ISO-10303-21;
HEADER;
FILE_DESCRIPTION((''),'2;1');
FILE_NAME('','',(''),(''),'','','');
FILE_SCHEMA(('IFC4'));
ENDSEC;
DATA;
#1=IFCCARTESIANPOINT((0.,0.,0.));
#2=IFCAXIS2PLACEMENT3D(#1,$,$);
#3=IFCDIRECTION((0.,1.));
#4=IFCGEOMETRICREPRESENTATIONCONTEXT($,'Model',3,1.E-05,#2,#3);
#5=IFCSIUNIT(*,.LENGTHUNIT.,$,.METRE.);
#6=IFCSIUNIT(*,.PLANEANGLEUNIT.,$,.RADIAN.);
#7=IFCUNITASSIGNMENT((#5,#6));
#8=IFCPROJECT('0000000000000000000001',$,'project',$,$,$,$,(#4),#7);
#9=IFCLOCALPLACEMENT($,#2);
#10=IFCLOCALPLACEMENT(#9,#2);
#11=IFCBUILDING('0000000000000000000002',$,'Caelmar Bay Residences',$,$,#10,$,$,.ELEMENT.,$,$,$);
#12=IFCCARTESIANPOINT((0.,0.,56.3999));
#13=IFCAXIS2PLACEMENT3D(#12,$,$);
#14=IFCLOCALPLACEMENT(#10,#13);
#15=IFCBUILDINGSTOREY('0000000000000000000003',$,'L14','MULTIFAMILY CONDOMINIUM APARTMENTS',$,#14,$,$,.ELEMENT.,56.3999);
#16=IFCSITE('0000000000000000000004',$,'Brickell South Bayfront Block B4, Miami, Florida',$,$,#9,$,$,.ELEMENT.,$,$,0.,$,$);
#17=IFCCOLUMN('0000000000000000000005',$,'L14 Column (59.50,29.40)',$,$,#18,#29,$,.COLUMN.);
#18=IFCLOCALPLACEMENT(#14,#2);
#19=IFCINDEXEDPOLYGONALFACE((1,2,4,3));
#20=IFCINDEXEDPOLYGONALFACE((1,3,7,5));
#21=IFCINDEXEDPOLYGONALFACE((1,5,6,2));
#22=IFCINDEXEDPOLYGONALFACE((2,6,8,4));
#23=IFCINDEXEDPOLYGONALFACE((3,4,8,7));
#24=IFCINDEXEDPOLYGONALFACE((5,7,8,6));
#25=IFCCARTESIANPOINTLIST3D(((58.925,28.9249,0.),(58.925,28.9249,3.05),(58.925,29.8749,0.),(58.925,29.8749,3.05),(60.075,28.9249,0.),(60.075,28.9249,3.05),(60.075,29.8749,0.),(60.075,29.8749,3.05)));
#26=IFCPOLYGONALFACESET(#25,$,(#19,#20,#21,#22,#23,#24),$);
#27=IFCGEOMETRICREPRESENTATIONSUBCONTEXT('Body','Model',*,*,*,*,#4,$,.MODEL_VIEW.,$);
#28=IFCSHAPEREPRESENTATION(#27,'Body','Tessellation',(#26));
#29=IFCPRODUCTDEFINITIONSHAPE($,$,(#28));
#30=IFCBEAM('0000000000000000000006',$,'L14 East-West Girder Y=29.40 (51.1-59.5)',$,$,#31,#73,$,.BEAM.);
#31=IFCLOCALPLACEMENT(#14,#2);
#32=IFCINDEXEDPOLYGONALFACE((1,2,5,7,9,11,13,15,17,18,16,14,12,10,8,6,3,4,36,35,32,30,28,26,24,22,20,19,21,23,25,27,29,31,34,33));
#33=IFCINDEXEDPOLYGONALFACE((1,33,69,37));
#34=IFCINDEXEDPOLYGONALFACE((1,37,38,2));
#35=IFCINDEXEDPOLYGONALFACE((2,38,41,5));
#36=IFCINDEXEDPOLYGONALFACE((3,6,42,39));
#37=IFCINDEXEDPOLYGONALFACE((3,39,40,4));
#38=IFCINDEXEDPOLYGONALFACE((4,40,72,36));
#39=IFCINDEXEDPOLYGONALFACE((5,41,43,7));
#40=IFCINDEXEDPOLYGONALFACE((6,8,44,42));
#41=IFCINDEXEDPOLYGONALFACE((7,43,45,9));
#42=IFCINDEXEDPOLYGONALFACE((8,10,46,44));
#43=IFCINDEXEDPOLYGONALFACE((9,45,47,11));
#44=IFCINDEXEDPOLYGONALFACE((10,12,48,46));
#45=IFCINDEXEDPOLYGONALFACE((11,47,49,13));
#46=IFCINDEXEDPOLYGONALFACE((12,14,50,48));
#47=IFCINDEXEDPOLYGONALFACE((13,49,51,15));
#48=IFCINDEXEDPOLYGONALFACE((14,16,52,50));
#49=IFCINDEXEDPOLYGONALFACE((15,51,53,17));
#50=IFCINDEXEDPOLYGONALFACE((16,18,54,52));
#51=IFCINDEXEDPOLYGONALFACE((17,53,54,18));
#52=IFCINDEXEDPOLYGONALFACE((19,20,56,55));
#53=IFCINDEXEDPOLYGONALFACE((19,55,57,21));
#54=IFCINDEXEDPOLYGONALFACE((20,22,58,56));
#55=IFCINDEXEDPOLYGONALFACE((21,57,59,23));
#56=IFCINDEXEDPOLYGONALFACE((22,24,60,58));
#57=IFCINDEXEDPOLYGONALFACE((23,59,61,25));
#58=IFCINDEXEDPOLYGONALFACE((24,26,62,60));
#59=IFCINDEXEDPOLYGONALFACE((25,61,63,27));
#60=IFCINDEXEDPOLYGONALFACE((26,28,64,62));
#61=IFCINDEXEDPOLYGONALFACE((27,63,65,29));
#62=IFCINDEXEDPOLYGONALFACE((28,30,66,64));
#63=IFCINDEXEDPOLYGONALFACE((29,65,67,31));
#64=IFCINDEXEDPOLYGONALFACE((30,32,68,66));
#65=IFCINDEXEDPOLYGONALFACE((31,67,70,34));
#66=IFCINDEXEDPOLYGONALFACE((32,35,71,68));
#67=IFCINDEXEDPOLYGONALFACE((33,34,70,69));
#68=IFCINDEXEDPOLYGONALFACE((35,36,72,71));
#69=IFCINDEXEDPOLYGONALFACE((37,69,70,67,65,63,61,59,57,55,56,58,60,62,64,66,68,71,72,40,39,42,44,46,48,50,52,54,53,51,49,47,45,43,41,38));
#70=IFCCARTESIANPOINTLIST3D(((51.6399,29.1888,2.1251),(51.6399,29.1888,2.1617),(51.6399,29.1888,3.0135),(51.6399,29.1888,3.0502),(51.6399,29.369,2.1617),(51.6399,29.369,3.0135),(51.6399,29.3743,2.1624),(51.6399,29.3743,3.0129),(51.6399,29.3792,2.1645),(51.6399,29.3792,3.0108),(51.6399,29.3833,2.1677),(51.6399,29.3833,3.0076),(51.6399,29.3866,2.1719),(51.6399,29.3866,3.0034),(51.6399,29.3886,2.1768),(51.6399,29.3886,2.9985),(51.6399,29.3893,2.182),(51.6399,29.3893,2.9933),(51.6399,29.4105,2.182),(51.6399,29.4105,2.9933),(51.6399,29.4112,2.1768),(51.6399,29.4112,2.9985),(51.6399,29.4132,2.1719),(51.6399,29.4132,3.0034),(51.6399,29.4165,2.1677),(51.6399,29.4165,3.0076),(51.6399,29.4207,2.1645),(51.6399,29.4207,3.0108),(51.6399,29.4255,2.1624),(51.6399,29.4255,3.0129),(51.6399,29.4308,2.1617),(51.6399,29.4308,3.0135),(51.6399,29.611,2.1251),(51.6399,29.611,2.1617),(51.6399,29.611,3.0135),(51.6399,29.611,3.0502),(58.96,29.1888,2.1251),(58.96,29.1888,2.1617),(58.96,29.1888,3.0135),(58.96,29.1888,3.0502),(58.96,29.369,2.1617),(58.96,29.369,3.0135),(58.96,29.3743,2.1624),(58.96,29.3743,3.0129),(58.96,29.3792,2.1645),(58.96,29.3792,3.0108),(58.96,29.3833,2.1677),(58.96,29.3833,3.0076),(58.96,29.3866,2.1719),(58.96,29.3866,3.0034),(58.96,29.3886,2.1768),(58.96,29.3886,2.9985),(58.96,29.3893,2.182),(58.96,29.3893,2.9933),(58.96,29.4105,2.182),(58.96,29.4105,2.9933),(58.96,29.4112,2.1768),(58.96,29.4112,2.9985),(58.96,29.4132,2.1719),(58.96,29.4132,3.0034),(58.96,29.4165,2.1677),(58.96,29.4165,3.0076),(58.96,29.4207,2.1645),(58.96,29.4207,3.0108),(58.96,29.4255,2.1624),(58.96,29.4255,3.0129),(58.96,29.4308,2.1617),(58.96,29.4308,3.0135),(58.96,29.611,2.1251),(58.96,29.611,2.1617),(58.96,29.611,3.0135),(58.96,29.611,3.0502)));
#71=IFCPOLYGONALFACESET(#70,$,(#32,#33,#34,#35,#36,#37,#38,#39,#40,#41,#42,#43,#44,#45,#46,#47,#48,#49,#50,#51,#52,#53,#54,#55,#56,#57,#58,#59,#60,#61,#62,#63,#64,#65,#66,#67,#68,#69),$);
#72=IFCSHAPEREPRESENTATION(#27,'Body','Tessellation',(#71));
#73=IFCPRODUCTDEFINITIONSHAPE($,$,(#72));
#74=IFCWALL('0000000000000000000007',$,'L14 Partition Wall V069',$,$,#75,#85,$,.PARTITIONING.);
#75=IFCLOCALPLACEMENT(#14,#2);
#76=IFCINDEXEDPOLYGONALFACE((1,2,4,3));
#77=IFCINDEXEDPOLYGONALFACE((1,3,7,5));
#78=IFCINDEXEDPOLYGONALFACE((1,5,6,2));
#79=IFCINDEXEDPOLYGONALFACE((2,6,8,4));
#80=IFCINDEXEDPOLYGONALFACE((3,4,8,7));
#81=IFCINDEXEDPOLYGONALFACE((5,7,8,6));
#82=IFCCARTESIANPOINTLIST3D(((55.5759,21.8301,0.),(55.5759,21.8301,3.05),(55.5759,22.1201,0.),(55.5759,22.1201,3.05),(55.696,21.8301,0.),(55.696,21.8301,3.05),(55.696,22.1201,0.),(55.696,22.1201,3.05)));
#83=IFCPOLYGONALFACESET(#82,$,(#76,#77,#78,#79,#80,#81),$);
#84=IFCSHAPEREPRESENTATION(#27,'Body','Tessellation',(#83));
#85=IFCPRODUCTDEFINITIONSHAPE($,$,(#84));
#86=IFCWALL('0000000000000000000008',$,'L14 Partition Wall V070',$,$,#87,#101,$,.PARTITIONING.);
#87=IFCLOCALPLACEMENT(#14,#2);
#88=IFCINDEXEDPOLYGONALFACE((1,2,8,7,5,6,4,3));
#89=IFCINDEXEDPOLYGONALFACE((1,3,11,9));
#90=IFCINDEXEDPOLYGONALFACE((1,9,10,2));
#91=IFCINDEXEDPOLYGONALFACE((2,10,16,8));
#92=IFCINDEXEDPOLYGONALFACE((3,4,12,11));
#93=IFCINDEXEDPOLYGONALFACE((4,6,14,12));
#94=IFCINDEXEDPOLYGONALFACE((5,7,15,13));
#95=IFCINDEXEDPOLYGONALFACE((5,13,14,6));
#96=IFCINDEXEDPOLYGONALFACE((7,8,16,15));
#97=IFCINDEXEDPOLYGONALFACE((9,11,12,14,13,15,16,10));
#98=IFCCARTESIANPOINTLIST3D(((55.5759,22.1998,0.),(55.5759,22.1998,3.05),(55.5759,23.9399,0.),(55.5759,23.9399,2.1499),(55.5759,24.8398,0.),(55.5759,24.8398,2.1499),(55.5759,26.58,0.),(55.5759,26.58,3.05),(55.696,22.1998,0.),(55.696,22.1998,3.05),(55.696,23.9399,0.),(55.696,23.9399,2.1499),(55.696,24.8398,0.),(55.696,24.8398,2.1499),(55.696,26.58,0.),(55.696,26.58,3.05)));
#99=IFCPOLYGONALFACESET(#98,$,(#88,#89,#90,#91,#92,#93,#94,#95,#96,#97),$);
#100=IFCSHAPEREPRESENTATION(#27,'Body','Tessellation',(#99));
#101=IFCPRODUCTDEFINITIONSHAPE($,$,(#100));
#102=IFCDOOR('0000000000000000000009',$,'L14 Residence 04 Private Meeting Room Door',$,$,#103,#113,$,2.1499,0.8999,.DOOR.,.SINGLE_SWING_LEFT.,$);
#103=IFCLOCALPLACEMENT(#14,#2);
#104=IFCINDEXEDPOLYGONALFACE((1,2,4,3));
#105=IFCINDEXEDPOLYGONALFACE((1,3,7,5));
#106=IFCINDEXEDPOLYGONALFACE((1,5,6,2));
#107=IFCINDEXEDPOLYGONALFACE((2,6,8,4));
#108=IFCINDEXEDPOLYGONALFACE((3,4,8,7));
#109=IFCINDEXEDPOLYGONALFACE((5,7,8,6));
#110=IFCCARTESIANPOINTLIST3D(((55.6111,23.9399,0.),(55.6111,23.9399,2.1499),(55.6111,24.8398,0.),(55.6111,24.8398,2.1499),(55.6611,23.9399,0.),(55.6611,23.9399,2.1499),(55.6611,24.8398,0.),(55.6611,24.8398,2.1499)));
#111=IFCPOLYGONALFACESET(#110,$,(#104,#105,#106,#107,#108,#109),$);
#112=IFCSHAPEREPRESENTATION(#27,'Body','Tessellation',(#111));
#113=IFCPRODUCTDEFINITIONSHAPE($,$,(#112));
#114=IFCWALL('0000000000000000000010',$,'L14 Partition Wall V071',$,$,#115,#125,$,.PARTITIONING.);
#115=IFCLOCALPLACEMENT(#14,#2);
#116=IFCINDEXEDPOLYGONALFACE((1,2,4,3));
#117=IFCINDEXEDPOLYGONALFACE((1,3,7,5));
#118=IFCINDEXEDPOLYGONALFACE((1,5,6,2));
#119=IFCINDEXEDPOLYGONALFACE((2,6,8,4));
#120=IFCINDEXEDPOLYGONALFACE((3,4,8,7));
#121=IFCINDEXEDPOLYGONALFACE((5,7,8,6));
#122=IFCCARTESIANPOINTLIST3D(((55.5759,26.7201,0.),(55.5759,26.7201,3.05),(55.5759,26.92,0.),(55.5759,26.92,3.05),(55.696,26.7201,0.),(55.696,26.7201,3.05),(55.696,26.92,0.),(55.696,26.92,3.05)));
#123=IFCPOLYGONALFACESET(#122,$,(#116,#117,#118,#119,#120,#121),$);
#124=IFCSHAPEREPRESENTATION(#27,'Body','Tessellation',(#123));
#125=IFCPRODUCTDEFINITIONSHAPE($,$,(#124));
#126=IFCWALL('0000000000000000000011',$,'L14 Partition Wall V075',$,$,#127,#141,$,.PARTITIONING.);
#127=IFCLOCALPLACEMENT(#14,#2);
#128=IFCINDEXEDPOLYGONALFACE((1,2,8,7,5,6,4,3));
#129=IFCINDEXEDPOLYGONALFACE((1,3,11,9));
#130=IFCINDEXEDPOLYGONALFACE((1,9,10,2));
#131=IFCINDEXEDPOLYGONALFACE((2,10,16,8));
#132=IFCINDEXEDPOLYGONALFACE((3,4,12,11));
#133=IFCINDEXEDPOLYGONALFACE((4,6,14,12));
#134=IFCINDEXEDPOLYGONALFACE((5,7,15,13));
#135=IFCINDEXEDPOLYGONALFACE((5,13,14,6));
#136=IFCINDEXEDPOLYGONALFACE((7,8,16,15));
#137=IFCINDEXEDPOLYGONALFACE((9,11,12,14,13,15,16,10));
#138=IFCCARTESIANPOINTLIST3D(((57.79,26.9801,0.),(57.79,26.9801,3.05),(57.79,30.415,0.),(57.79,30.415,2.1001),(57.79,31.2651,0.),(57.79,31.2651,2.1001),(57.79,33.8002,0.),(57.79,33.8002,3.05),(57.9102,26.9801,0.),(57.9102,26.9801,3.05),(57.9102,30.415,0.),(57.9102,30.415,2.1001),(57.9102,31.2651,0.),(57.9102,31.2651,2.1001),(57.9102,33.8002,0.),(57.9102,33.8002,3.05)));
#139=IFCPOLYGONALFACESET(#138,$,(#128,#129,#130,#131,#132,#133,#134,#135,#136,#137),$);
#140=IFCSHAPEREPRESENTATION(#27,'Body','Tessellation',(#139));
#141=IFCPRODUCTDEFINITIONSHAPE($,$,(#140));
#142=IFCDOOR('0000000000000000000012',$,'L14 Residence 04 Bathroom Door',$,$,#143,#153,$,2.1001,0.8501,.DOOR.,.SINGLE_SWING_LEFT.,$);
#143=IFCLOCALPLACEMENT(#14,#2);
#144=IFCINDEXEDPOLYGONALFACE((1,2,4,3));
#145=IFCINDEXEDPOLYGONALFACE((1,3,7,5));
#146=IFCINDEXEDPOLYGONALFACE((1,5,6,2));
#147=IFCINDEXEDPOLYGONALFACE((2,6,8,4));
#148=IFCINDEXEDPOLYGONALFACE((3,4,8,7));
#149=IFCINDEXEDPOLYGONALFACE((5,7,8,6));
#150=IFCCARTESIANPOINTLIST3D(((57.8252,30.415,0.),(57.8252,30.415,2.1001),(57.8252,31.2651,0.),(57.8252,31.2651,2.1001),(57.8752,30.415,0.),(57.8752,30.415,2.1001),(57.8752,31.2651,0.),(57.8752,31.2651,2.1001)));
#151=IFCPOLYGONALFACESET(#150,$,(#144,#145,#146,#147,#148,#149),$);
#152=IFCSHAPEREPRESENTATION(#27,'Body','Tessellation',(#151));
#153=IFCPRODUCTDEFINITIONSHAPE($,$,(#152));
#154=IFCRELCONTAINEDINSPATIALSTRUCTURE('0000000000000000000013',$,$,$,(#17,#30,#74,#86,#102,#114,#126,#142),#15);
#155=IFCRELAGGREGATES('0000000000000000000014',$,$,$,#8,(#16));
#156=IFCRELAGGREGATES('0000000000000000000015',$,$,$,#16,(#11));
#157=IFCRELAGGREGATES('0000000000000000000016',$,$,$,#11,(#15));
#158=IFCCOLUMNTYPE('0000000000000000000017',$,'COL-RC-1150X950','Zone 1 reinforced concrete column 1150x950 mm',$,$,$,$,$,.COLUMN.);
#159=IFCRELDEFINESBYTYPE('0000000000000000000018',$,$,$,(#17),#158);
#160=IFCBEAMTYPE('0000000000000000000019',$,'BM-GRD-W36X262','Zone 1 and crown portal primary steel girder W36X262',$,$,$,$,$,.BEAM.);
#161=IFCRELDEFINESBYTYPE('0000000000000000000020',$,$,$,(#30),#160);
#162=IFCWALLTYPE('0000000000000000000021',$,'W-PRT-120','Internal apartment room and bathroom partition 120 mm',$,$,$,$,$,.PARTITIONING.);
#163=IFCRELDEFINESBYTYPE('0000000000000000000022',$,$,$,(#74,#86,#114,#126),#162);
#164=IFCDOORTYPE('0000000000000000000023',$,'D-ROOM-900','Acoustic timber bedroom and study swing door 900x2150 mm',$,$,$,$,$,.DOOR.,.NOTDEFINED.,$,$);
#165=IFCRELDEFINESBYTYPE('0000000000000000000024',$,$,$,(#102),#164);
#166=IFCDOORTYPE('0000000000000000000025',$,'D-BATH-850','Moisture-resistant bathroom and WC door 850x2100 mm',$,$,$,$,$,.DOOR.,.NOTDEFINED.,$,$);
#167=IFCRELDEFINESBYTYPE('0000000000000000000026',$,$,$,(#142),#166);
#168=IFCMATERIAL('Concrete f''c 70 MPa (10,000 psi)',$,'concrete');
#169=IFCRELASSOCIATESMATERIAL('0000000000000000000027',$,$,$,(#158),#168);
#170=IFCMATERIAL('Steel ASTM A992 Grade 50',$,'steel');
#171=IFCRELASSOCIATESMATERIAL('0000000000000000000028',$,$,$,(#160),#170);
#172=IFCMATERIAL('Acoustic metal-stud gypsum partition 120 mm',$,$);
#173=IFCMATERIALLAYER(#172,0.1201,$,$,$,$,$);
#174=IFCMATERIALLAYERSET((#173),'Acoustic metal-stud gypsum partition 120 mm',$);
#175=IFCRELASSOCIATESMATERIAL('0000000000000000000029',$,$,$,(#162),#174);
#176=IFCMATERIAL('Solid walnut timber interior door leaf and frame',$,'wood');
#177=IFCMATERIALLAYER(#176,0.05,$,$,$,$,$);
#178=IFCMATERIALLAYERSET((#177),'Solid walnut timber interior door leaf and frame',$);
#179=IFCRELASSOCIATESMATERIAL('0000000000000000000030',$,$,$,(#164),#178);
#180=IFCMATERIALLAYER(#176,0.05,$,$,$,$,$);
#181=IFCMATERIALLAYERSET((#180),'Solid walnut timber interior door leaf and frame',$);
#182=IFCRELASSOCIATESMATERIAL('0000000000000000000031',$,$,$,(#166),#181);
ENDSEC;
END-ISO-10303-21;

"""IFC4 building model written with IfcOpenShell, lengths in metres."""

from ifc_helpers import new_model, si_unit, direction, frame, frame_2d, origin, origin_2d, place, context, subcontext, project, spatial, rectangle, i_section, extrude, material, layer, layer_set, material_profile, profile_set, type_object, element, fill, save


model = new_model("IFC4")

# Units and contexts
model_context = context("Model", 3, precision=1e-05, world=origin(), true_north=direction((0.0, 1.0)))
body_context = subcontext(model_context, "Body", "Model", "MODEL_VIEW")
ifc_project = project(units=[si_unit("LENGTHUNIT", "METRE"), si_unit("PLANEANGLEUNIT", "RADIAN")], contexts=[model_context])

# Site, building, storey
site_placement = place(None, origin())
site = spatial("IfcSite", under=ifc_project, at=site_placement, Name="Brickell South Bayfront Block B4, Miami, Florida", CompositionType="ELEMENT", RefElevation=0.0)
building_placement = place(site_placement, origin())
building = spatial("IfcBuilding", under=site, at=building_placement, Name="Caelmar Bay Residences", CompositionType="ELEMENT")
storey_placement = place(building_placement, frame((0.0, 0.0, 56.3999)))
storey = spatial("IfcBuildingStorey", under=building, at=storey_placement, Name="L14", Description="MULTIFAMILY CONDOMINIUM APARTMENTS", CompositionType="ELEMENT", Elevation=56.3999)

# Column
ifc_material_1 = material(Name="Concrete f'c 70 MPa (10,000 psi)", Category="concrete")
ifc_material_profile_1 = material_profile(ifc_material_1, rectangle(XDim=1.1499, YDim=0.95, at=origin_2d()), Name="RC-COL-1150X950")
ifc_profile_set_1 = profile_set([ifc_material_profile_1], Name="Concrete f'c 70 MPa (10,000 psi)")
column_type = type_object("IfcColumnType", Name="COL-RC-1150X950", Description="Zone 1 reinforced concrete column 1150x950 mm", PredefinedType="COLUMN", material=ifc_profile_set_1)
column_placement = place(storey_placement, frame((59.5, 29.3999, 0.0), z_axis=(0.0, 0.0, 1.0), x_axis=(1.0, 0.0, 0.0)))
element("IfcColumn", 1, at=column_placement, inside=storey, type_object=column_type, Name="L14 Column (59.50,29.40)", PredefinedType="COLUMN", context=body_context, shape_type="SweptSolid", body=[
    extrude(rectangle(XDim=1.1499, YDim=0.95, at=origin_2d()), origin(), (0.0, 0.0, 1.0), 3.05),
])

# Beam
ifc_material_2 = material(Name="Steel ASTM A992 Grade 50", Category="steel")
ifc_material_profile_2 = material_profile(ifc_material_2, i_section(OverallWidth=0.4221, OverallDepth=0.925, WebThickness=0.0212, FlangeThickness=0.0366, FilletRadius=0.0203, at=origin_2d()), Name="W36X262")
ifc_profile_set_2 = profile_set([ifc_material_profile_2], Name="Steel ASTM A992 Grade 50")
beam_type = type_object("IfcBeamType", Name="BM-GRD-W36X262", Description="Zone 1 and crown portal primary steel girder W36X262", PredefinedType="BEAM", material=ifc_profile_set_2)
beam_placement = place(storey_placement, frame((51.6399, 29.3999, 2.5876), z_axis=(1.0, 0.0, 0.0), x_axis=(0.0, 1.0, 0.0)))
element("IfcBeam", 2, at=beam_placement, inside=storey, type_object=beam_type, Name="L14 East-West Girder Y=29.40 (51.1-59.5)", PredefinedType="BEAM", context=body_context, shape_type="SweptSolid", body=[
    extrude(i_section(OverallWidth=0.4221, OverallDepth=0.925, WebThickness=0.0212, FlangeThickness=0.0366, FilletRadius=0.0203, at=origin_2d()), origin(), (0.0, 0.0, 1.0), 7.3201),
])

# Wall
ifc_material_3 = material(Name="Acoustic metal-stud gypsum partition 120 mm")
ifc_layer_1 = layer(ifc_material_3, 0.1201)
ifc_layer_set_1 = layer_set([ifc_layer_1], Name="Acoustic metal-stud gypsum partition 120 mm")
wall_type_1 = type_object("IfcWallType", Name="W-PRT-120", Description="Internal apartment room and bathroom partition 120 mm", PredefinedType="PARTITIONING", material=ifc_layer_set_1)
wall_1_placement = place(storey_placement, frame((55.636, 21.8301, 0.0), z_axis=(0.0, 0.0, 1.0), x_axis=(0.0, 1.0, 0.0)))
element("IfcWall", 3, at=wall_1_placement, inside=storey, type_object=wall_type_1, Name="L14 Partition Wall V069", PredefinedType="PARTITIONING", context=body_context, shape_type="SweptSolid", body=[
    extrude(rectangle(XDim=0.29, YDim=0.1201, at=frame_2d((0.145, 0.0))), origin(), (0.0, 0.0, 1.0), 3.05),
])

# Wall, opening, door
wall_2_placement = place(storey_placement, frame((55.636, 22.2, 0.0), z_axis=(0.0, 0.0, 1.0), x_axis=(0.0, 1.0, 0.0)))
wall_2 = element("IfcWall", 4, at=wall_2_placement, inside=storey, type_object=wall_type_1, Name="L14 Partition Wall V070", PredefinedType="PARTITIONING", context=body_context, shape_type="SweptSolid", body=[
    extrude(rectangle(XDim=4.3801, YDim=0.1201, at=frame_2d((2.1899, 0.0))), origin(), (0.0, 0.0, 1.0), 3.05),
])
opening_1_placement = place(wall_2_placement, frame((1.74, 0.0, 0.0)))
opening_1 = element("IfcOpeningElement", 5, at=opening_1_placement, cuts=wall_2, PredefinedType="OPENING", context=body_context, shape_type="SweptSolid", body=[
    extrude(rectangle(XDim=0.8999, YDim=2.1499, at=frame_2d((0.45, 1.075))), frame((0.0, 0.0701, 0.0), z_axis=(0.0, -1.0, 0.0), x_axis=(1.0, 0.0, 0.0)), (0.0, 0.0, 1.0), 0.1401),
])
ifc_material_4 = material(Name="Solid walnut timber interior door leaf and frame", Category="wood")
ifc_layer_2 = layer(ifc_material_4, 0.05)
ifc_layer_set_2 = layer_set([ifc_layer_2], Name="Solid walnut timber interior door leaf and frame")
door_type_1 = type_object("IfcDoorType", Name="D-ROOM-900", Description="Acoustic timber bedroom and study swing door 900x2150 mm", OperationType="NOTDEFINED", PredefinedType="DOOR", material=ifc_layer_set_2)
door_1_placement = place(opening_1_placement, origin())
door_1 = element("IfcDoor", 6, at=door_1_placement, inside=storey, type_object=door_type_1, Name="L14 Residence 04 Private Meeting Room Door", OperationType="SINGLE_SWING_LEFT", OverallHeight=2.1499, OverallWidth=0.8999, PredefinedType="DOOR", context=body_context, shape_type="SweptSolid", body=[
    extrude(rectangle(XDim=0.8999, YDim=2.1499, at=frame_2d((0.45, 1.075))), frame((0.0, 0.0249, 0.0), z_axis=(0.0, -1.0, 0.0), x_axis=(1.0, 0.0, 0.0)), (0.0, 0.0, 1.0), 0.05),
])
fill(opening_1, door_1)

# Wall
wall_3_placement = place(storey_placement, frame((55.636, 26.72, 0.0), z_axis=(0.0, 0.0, 1.0), x_axis=(0.0, 1.0, 0.0)))
element("IfcWall", 7, at=wall_3_placement, inside=storey, type_object=wall_type_1, Name="L14 Partition Wall V071", PredefinedType="PARTITIONING", context=body_context, shape_type="SweptSolid", body=[
    extrude(rectangle(XDim=0.2, YDim=0.1201, at=frame_2d((0.1001, 0.0))), origin(), (0.0, 0.0, 1.0), 3.05),
])

# Wall, opening, door
wall_4_placement = place(storey_placement, frame((57.8501, 26.98, 0.0), z_axis=(0.0, 0.0, 1.0), x_axis=(0.0, 1.0, 0.0)))
wall_4 = element("IfcWall", 8, at=wall_4_placement, inside=storey, type_object=wall_type_1, Name="L14 Partition Wall V075", PredefinedType="PARTITIONING", context=body_context, shape_type="SweptSolid", body=[
    extrude(rectangle(XDim=6.8201, YDim=0.1201, at=frame_2d((3.4102, 0.0))), origin(), (0.0, 0.0, 1.0), 3.05),
])
opening_2_placement = place(wall_4_placement, frame((3.4351, 0.0, 0.0)))
opening_2 = element("IfcOpeningElement", 9, at=opening_2_placement, cuts=wall_4, PredefinedType="OPENING", context=body_context, shape_type="SweptSolid", body=[
    extrude(rectangle(XDim=0.8501, YDim=2.1001, at=frame_2d((0.425, 1.05))), frame((0.0, 0.0701, 0.0), z_axis=(0.0, -1.0, 0.0), x_axis=(1.0, 0.0, 0.0)), (0.0, 0.0, 1.0), 0.1401),
])
ifc_layer_3 = layer(ifc_material_4, 0.05)
ifc_layer_set_3 = layer_set([ifc_layer_3], Name="Solid walnut timber interior door leaf and frame")
door_type_2 = type_object("IfcDoorType", Name="D-BATH-850", Description="Moisture-resistant bathroom and WC door 850x2100 mm", OperationType="NOTDEFINED", PredefinedType="DOOR", material=ifc_layer_set_3)
door_2_placement = place(opening_2_placement, origin())
door_2 = element("IfcDoor", 10, at=door_2_placement, inside=storey, type_object=door_type_2, Name="L14 Residence 04 Bathroom Door", OperationType="SINGLE_SWING_LEFT", OverallHeight=2.1001, OverallWidth=0.8501, PredefinedType="DOOR", context=body_context, shape_type="SweptSolid", body=[
    extrude(rectangle(XDim=0.8501, YDim=2.1001, at=frame_2d((0.425, 1.05))), frame((0.0, 0.0249, 0.0), z_axis=(0.0, -1.0, 0.0), x_axis=(1.0, 0.0, 0.0)), (0.0, 0.0, 1.0), 0.05),
])
fill(opening_2, door_2)

save(model, "model.ifc")
